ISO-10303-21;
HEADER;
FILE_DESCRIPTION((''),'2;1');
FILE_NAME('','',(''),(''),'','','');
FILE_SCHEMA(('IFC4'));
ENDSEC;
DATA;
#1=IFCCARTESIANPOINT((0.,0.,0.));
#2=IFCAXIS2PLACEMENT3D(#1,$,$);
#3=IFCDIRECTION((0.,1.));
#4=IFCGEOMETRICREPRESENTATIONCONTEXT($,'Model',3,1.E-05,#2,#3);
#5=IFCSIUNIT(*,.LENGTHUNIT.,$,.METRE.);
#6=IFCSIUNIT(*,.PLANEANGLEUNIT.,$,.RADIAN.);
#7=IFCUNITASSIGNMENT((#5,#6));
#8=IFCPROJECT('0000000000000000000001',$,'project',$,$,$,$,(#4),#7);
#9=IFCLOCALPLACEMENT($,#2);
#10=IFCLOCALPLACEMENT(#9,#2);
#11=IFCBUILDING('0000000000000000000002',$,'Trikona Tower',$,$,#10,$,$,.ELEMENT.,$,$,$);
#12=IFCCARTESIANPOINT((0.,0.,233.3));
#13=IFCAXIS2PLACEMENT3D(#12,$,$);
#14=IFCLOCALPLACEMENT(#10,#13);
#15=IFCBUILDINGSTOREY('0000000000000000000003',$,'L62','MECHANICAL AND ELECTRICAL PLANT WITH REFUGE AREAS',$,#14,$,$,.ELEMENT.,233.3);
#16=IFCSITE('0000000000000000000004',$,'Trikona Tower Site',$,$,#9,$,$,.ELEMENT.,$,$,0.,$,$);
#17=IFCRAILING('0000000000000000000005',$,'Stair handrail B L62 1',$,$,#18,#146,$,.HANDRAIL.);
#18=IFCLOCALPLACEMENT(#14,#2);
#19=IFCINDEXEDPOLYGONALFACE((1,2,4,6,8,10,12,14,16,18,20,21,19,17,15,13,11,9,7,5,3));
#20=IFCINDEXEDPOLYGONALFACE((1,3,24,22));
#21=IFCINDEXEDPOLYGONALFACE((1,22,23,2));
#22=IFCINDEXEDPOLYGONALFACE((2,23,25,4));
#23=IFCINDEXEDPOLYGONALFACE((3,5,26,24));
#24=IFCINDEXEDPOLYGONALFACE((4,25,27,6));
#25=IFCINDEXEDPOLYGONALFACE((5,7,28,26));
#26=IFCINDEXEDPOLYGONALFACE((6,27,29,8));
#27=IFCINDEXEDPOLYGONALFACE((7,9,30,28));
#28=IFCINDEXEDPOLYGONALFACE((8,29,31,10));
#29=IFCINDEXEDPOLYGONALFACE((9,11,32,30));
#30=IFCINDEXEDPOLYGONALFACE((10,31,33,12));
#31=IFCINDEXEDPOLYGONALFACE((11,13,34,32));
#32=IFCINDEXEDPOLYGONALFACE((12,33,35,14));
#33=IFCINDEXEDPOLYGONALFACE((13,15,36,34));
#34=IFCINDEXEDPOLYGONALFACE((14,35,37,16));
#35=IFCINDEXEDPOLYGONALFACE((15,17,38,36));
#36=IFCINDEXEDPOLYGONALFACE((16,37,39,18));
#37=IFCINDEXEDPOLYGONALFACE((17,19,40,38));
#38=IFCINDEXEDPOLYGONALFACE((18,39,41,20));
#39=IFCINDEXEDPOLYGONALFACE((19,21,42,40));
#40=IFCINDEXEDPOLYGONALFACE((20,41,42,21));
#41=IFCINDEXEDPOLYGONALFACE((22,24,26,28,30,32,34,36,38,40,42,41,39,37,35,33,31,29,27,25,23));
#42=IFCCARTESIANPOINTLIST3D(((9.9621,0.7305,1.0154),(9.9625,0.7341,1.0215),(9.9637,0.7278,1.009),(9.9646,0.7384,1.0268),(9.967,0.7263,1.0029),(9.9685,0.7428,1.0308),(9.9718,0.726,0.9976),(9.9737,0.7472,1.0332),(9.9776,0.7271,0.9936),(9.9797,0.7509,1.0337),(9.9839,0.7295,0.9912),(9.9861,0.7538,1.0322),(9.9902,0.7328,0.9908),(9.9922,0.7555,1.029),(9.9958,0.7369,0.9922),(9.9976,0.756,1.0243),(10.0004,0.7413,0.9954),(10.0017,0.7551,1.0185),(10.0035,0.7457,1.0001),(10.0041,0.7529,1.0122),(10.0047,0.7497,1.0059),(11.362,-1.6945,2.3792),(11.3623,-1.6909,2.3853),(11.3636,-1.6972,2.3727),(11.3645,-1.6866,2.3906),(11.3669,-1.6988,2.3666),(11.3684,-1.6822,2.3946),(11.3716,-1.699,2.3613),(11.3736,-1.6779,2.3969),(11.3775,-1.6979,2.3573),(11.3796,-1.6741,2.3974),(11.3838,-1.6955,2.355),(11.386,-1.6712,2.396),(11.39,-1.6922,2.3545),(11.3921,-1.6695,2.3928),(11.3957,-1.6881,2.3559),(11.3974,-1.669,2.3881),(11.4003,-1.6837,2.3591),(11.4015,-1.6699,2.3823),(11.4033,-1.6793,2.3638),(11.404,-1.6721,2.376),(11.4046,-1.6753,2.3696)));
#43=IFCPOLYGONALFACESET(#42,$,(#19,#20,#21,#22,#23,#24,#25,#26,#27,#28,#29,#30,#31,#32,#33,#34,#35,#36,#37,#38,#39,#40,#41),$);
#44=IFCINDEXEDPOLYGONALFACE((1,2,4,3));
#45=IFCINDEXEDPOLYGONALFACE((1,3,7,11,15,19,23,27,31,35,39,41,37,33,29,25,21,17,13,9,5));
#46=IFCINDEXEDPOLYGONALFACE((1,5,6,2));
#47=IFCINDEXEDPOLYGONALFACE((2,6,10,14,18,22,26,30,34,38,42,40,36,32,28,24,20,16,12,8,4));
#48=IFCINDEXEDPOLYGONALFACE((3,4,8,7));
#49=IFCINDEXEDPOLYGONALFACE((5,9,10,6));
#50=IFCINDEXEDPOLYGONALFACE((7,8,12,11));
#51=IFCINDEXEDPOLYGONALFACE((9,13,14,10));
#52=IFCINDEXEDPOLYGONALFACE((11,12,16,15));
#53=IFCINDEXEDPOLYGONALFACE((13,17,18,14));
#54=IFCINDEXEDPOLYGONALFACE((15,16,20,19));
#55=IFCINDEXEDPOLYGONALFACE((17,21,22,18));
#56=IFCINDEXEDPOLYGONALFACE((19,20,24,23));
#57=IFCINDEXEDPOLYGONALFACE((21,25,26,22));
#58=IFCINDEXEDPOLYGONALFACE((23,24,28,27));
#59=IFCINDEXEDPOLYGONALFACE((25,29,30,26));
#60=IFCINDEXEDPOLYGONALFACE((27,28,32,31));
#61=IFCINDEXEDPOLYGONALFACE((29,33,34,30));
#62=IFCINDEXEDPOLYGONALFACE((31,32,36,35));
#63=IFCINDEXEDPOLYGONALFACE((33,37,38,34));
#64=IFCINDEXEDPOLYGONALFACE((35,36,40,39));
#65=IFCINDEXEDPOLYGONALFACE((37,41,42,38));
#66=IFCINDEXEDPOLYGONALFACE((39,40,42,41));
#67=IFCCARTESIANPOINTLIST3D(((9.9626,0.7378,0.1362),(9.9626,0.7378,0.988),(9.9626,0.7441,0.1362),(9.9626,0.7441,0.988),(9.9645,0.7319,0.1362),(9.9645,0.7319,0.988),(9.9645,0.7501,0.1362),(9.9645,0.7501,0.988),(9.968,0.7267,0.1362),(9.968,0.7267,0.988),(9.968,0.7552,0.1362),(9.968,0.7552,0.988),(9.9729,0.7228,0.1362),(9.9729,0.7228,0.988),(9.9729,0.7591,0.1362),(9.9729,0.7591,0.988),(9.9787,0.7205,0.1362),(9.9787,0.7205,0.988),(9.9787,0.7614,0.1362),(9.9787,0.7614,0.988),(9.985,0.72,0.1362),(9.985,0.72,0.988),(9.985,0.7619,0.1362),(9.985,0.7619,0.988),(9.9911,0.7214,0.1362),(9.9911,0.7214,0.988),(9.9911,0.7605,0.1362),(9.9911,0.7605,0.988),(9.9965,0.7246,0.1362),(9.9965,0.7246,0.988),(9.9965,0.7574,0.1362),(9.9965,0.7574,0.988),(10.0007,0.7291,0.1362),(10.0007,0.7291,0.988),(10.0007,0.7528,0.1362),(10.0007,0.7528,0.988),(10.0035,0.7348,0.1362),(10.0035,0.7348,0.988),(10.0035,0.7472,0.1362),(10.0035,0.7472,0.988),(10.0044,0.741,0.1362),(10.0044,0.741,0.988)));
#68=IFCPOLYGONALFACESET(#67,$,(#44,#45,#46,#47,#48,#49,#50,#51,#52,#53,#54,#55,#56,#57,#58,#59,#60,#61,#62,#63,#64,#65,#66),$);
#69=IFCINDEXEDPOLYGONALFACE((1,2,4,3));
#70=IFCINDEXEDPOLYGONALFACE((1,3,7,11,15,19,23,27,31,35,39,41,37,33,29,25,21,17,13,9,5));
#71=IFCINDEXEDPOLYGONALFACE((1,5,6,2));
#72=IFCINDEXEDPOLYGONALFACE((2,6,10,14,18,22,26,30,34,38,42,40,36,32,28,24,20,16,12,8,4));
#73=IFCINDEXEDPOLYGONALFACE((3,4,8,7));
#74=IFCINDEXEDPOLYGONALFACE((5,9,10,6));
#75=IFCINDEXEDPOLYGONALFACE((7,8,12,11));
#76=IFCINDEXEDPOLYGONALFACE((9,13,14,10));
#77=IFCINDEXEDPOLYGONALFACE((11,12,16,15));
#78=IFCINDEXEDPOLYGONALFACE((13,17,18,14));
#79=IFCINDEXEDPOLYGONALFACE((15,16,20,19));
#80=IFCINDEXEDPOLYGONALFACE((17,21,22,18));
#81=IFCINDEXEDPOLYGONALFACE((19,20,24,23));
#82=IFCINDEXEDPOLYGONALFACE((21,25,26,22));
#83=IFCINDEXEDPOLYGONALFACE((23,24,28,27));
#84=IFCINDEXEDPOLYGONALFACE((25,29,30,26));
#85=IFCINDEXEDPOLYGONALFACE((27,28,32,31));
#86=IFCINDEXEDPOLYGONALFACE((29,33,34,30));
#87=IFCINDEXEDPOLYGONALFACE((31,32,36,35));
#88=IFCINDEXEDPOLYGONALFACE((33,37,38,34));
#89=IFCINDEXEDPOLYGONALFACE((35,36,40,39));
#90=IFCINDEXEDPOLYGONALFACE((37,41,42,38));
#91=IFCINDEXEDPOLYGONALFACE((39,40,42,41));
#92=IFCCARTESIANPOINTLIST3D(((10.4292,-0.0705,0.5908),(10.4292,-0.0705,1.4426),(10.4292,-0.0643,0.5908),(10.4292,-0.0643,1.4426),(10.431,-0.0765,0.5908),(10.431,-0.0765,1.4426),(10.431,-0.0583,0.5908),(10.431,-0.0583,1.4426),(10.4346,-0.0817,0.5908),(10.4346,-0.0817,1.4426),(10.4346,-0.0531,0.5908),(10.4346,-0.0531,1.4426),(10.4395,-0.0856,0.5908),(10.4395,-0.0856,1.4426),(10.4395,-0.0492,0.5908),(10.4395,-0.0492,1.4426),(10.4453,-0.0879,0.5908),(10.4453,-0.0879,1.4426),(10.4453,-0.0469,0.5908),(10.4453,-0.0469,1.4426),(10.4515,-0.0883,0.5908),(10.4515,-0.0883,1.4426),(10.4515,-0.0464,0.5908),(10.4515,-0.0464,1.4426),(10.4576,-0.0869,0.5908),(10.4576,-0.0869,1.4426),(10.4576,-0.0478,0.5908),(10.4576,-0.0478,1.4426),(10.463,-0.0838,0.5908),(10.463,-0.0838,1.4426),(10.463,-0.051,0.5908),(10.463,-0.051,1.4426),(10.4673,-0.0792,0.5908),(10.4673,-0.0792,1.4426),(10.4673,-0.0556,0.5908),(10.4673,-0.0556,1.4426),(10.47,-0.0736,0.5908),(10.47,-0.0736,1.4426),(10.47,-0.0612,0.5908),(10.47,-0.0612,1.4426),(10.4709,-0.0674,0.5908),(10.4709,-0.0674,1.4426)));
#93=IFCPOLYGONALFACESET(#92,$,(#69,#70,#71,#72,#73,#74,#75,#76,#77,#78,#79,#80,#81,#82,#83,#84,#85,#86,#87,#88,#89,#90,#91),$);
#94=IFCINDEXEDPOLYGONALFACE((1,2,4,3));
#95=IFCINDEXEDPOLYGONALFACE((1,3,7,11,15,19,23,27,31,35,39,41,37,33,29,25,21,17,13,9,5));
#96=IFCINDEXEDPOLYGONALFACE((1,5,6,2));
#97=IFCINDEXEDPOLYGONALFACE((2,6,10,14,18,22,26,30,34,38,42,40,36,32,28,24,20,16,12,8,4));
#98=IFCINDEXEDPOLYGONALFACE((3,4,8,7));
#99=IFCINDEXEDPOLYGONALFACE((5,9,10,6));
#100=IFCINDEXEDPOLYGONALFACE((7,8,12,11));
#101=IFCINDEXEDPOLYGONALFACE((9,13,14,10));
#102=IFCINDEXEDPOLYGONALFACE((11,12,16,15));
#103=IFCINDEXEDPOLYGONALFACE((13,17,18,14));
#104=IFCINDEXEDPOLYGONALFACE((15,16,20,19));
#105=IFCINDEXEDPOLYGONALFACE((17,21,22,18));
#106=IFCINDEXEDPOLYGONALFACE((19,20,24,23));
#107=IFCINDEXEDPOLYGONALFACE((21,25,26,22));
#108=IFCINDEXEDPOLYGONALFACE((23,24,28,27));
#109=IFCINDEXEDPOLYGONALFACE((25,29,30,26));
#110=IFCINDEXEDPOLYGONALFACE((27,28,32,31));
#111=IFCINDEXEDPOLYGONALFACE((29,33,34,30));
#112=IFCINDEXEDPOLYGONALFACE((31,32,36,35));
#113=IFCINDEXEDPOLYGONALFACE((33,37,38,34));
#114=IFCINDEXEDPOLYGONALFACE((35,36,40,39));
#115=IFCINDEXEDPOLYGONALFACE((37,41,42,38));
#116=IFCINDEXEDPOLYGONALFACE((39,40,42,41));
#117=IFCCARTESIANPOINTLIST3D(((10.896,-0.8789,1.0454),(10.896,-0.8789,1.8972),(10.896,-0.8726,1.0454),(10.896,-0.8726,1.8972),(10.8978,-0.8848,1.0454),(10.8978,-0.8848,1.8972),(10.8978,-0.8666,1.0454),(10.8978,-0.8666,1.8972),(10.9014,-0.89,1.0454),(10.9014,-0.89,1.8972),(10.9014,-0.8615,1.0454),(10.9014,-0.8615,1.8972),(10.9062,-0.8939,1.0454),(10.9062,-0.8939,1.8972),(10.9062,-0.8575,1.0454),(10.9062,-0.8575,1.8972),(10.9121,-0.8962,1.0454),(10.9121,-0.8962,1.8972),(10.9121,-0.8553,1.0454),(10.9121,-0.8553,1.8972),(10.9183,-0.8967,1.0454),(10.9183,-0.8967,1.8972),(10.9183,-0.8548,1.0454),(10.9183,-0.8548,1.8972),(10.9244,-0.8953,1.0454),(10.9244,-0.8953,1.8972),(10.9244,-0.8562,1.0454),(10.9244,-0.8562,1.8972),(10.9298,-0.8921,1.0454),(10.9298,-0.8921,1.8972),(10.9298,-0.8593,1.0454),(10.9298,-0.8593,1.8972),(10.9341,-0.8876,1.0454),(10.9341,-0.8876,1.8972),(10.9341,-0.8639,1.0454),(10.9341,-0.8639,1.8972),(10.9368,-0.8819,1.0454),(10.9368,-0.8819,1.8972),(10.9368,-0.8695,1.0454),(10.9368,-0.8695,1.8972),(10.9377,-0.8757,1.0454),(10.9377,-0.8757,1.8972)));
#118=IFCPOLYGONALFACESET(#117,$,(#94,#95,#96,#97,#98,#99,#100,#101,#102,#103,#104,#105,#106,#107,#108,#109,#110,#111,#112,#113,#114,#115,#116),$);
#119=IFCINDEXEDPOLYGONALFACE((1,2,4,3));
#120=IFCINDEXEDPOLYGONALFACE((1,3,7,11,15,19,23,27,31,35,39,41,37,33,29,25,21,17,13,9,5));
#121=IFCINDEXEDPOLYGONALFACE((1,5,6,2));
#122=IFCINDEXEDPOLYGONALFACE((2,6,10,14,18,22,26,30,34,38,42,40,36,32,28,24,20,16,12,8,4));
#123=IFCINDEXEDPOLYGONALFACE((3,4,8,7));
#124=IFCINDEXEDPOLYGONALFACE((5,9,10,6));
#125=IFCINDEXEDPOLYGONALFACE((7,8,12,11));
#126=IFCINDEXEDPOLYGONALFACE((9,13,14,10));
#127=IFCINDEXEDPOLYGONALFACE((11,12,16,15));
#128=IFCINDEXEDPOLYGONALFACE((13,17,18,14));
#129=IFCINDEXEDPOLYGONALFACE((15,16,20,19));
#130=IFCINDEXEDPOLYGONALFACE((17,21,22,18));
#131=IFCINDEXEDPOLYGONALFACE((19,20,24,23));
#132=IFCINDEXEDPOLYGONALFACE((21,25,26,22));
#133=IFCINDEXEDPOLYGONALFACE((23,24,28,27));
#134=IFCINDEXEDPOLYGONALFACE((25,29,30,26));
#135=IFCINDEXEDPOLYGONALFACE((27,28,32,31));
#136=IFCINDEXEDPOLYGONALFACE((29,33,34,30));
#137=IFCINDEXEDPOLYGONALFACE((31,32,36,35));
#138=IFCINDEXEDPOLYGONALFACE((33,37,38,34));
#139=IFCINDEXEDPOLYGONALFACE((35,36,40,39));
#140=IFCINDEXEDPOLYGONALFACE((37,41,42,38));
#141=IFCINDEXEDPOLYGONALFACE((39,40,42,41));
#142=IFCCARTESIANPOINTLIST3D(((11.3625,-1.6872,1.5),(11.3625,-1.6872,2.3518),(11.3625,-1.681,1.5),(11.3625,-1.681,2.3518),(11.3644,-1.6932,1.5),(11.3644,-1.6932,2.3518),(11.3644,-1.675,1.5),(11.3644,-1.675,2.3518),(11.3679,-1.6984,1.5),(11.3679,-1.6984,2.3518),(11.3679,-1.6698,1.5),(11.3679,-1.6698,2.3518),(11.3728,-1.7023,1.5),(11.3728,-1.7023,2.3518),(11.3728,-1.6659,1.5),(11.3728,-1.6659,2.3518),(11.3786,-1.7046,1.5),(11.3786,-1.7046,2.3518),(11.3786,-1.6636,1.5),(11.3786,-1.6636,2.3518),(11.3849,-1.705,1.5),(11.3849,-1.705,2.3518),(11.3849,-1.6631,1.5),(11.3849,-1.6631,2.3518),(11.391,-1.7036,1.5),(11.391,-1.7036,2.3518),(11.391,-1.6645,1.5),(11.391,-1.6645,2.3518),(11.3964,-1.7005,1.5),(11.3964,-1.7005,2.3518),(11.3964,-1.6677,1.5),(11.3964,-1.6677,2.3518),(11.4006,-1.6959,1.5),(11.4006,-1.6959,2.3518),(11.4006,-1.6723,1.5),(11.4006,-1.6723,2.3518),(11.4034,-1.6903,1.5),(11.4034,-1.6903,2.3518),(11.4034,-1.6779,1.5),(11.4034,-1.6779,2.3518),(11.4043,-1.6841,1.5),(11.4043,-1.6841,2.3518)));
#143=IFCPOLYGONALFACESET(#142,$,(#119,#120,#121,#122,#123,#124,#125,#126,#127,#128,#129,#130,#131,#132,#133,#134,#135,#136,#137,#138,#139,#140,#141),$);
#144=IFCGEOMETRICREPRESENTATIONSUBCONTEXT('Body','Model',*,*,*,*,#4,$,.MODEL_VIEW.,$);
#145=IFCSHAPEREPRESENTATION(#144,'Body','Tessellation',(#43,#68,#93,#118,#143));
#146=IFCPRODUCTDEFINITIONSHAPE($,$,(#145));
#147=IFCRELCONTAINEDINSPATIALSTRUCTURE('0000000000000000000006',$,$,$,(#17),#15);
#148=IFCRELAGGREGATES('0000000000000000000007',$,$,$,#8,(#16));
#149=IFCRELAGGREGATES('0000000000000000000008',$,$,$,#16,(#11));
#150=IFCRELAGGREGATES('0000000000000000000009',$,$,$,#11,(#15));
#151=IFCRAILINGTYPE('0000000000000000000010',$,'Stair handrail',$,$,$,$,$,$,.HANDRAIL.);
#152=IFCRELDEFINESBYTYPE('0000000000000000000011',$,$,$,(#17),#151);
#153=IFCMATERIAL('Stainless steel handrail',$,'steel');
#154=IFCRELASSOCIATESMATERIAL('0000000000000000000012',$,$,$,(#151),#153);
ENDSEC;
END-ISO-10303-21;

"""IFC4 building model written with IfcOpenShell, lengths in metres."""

from ifc_helpers import new_model, si_unit, direction, frame, origin, origin_2d, place, context, subcontext, project, spatial, circle, extrude, material, type_object, element, save


model = new_model("IFC4")

# Units and contexts
model_context = context("Model", 3, precision=1e-05, world=origin(), true_north=direction((0.0, 1.0)))
body_context = subcontext(model_context, "Body", "Model", "MODEL_VIEW")
ifc_project = project(units=[si_unit("LENGTHUNIT", "METRE"), si_unit("PLANEANGLEUNIT", "RADIAN")], contexts=[model_context])

# Site, building, storey
site_placement = place(None, origin())
site = spatial("IfcSite", under=ifc_project, at=site_placement, Name="Trikona Tower Site", CompositionType="ELEMENT", RefElevation=0.0)
building_placement = place(site_placement, origin())
building = spatial("IfcBuilding", under=site, at=building_placement, Name="Trikona Tower", CompositionType="ELEMENT")
storey_placement = place(building_placement, frame((0.0, 0.0, 233.3)))
storey = spatial("IfcBuildingStorey", under=building, at=storey_placement, Name="L62", Description="MECHANICAL AND ELECTRICAL PLANT WITH REFUGE AREAS", CompositionType="ELEMENT", Elevation=233.3)

# Railing
ifc_material_1 = material(Name="Stainless steel handrail", Category="steel")
railing_type = type_object("IfcRailingType", Name="Stair handrail", PredefinedType="HANDRAIL", material=ifc_material_1)
for number, where, name in (
    (1, (9.9834, 0.741, 0.1362), "Stair handrail B L62 1"),
):
    element("IfcRailing", number, at=place(storey_placement, frame(where)), inside=storey, type_object=railing_type, Name=name, PredefinedType="HANDRAIL", context=body_context, shape_type="SweptSolid", body=[
        extrude(circle(Radius=0.0239, at=origin_2d()), frame((0.0, 0.0, 0.876), z_axis=(0.449471, -0.778618, 0.43787), x_axis=(0.866056, 0.499946, 0.0)), (0.0, 0.0, 1.0), 3.1145),
        extrude(circle(Radius=0.021, at=origin_2d()), origin(), (0.0, 0.0, 1.0), 0.8518),
        extrude(circle(Radius=0.021, at=origin_2d()), frame((0.4666, -0.8083, 0.4546)), (0.0, 0.0, 1.0), 0.8518),
        extrude(circle(Radius=0.021, at=origin_2d()), frame((0.9333, -1.6167, 0.9092)), (0.0, 0.0, 1.0), 0.8518),
        extrude(circle(Radius=0.021, at=origin_2d()), frame((1.3999, -2.425, 1.3638)), (0.0, 0.0, 1.0), 0.8518),
    ])

save(model, "model.ifc")
